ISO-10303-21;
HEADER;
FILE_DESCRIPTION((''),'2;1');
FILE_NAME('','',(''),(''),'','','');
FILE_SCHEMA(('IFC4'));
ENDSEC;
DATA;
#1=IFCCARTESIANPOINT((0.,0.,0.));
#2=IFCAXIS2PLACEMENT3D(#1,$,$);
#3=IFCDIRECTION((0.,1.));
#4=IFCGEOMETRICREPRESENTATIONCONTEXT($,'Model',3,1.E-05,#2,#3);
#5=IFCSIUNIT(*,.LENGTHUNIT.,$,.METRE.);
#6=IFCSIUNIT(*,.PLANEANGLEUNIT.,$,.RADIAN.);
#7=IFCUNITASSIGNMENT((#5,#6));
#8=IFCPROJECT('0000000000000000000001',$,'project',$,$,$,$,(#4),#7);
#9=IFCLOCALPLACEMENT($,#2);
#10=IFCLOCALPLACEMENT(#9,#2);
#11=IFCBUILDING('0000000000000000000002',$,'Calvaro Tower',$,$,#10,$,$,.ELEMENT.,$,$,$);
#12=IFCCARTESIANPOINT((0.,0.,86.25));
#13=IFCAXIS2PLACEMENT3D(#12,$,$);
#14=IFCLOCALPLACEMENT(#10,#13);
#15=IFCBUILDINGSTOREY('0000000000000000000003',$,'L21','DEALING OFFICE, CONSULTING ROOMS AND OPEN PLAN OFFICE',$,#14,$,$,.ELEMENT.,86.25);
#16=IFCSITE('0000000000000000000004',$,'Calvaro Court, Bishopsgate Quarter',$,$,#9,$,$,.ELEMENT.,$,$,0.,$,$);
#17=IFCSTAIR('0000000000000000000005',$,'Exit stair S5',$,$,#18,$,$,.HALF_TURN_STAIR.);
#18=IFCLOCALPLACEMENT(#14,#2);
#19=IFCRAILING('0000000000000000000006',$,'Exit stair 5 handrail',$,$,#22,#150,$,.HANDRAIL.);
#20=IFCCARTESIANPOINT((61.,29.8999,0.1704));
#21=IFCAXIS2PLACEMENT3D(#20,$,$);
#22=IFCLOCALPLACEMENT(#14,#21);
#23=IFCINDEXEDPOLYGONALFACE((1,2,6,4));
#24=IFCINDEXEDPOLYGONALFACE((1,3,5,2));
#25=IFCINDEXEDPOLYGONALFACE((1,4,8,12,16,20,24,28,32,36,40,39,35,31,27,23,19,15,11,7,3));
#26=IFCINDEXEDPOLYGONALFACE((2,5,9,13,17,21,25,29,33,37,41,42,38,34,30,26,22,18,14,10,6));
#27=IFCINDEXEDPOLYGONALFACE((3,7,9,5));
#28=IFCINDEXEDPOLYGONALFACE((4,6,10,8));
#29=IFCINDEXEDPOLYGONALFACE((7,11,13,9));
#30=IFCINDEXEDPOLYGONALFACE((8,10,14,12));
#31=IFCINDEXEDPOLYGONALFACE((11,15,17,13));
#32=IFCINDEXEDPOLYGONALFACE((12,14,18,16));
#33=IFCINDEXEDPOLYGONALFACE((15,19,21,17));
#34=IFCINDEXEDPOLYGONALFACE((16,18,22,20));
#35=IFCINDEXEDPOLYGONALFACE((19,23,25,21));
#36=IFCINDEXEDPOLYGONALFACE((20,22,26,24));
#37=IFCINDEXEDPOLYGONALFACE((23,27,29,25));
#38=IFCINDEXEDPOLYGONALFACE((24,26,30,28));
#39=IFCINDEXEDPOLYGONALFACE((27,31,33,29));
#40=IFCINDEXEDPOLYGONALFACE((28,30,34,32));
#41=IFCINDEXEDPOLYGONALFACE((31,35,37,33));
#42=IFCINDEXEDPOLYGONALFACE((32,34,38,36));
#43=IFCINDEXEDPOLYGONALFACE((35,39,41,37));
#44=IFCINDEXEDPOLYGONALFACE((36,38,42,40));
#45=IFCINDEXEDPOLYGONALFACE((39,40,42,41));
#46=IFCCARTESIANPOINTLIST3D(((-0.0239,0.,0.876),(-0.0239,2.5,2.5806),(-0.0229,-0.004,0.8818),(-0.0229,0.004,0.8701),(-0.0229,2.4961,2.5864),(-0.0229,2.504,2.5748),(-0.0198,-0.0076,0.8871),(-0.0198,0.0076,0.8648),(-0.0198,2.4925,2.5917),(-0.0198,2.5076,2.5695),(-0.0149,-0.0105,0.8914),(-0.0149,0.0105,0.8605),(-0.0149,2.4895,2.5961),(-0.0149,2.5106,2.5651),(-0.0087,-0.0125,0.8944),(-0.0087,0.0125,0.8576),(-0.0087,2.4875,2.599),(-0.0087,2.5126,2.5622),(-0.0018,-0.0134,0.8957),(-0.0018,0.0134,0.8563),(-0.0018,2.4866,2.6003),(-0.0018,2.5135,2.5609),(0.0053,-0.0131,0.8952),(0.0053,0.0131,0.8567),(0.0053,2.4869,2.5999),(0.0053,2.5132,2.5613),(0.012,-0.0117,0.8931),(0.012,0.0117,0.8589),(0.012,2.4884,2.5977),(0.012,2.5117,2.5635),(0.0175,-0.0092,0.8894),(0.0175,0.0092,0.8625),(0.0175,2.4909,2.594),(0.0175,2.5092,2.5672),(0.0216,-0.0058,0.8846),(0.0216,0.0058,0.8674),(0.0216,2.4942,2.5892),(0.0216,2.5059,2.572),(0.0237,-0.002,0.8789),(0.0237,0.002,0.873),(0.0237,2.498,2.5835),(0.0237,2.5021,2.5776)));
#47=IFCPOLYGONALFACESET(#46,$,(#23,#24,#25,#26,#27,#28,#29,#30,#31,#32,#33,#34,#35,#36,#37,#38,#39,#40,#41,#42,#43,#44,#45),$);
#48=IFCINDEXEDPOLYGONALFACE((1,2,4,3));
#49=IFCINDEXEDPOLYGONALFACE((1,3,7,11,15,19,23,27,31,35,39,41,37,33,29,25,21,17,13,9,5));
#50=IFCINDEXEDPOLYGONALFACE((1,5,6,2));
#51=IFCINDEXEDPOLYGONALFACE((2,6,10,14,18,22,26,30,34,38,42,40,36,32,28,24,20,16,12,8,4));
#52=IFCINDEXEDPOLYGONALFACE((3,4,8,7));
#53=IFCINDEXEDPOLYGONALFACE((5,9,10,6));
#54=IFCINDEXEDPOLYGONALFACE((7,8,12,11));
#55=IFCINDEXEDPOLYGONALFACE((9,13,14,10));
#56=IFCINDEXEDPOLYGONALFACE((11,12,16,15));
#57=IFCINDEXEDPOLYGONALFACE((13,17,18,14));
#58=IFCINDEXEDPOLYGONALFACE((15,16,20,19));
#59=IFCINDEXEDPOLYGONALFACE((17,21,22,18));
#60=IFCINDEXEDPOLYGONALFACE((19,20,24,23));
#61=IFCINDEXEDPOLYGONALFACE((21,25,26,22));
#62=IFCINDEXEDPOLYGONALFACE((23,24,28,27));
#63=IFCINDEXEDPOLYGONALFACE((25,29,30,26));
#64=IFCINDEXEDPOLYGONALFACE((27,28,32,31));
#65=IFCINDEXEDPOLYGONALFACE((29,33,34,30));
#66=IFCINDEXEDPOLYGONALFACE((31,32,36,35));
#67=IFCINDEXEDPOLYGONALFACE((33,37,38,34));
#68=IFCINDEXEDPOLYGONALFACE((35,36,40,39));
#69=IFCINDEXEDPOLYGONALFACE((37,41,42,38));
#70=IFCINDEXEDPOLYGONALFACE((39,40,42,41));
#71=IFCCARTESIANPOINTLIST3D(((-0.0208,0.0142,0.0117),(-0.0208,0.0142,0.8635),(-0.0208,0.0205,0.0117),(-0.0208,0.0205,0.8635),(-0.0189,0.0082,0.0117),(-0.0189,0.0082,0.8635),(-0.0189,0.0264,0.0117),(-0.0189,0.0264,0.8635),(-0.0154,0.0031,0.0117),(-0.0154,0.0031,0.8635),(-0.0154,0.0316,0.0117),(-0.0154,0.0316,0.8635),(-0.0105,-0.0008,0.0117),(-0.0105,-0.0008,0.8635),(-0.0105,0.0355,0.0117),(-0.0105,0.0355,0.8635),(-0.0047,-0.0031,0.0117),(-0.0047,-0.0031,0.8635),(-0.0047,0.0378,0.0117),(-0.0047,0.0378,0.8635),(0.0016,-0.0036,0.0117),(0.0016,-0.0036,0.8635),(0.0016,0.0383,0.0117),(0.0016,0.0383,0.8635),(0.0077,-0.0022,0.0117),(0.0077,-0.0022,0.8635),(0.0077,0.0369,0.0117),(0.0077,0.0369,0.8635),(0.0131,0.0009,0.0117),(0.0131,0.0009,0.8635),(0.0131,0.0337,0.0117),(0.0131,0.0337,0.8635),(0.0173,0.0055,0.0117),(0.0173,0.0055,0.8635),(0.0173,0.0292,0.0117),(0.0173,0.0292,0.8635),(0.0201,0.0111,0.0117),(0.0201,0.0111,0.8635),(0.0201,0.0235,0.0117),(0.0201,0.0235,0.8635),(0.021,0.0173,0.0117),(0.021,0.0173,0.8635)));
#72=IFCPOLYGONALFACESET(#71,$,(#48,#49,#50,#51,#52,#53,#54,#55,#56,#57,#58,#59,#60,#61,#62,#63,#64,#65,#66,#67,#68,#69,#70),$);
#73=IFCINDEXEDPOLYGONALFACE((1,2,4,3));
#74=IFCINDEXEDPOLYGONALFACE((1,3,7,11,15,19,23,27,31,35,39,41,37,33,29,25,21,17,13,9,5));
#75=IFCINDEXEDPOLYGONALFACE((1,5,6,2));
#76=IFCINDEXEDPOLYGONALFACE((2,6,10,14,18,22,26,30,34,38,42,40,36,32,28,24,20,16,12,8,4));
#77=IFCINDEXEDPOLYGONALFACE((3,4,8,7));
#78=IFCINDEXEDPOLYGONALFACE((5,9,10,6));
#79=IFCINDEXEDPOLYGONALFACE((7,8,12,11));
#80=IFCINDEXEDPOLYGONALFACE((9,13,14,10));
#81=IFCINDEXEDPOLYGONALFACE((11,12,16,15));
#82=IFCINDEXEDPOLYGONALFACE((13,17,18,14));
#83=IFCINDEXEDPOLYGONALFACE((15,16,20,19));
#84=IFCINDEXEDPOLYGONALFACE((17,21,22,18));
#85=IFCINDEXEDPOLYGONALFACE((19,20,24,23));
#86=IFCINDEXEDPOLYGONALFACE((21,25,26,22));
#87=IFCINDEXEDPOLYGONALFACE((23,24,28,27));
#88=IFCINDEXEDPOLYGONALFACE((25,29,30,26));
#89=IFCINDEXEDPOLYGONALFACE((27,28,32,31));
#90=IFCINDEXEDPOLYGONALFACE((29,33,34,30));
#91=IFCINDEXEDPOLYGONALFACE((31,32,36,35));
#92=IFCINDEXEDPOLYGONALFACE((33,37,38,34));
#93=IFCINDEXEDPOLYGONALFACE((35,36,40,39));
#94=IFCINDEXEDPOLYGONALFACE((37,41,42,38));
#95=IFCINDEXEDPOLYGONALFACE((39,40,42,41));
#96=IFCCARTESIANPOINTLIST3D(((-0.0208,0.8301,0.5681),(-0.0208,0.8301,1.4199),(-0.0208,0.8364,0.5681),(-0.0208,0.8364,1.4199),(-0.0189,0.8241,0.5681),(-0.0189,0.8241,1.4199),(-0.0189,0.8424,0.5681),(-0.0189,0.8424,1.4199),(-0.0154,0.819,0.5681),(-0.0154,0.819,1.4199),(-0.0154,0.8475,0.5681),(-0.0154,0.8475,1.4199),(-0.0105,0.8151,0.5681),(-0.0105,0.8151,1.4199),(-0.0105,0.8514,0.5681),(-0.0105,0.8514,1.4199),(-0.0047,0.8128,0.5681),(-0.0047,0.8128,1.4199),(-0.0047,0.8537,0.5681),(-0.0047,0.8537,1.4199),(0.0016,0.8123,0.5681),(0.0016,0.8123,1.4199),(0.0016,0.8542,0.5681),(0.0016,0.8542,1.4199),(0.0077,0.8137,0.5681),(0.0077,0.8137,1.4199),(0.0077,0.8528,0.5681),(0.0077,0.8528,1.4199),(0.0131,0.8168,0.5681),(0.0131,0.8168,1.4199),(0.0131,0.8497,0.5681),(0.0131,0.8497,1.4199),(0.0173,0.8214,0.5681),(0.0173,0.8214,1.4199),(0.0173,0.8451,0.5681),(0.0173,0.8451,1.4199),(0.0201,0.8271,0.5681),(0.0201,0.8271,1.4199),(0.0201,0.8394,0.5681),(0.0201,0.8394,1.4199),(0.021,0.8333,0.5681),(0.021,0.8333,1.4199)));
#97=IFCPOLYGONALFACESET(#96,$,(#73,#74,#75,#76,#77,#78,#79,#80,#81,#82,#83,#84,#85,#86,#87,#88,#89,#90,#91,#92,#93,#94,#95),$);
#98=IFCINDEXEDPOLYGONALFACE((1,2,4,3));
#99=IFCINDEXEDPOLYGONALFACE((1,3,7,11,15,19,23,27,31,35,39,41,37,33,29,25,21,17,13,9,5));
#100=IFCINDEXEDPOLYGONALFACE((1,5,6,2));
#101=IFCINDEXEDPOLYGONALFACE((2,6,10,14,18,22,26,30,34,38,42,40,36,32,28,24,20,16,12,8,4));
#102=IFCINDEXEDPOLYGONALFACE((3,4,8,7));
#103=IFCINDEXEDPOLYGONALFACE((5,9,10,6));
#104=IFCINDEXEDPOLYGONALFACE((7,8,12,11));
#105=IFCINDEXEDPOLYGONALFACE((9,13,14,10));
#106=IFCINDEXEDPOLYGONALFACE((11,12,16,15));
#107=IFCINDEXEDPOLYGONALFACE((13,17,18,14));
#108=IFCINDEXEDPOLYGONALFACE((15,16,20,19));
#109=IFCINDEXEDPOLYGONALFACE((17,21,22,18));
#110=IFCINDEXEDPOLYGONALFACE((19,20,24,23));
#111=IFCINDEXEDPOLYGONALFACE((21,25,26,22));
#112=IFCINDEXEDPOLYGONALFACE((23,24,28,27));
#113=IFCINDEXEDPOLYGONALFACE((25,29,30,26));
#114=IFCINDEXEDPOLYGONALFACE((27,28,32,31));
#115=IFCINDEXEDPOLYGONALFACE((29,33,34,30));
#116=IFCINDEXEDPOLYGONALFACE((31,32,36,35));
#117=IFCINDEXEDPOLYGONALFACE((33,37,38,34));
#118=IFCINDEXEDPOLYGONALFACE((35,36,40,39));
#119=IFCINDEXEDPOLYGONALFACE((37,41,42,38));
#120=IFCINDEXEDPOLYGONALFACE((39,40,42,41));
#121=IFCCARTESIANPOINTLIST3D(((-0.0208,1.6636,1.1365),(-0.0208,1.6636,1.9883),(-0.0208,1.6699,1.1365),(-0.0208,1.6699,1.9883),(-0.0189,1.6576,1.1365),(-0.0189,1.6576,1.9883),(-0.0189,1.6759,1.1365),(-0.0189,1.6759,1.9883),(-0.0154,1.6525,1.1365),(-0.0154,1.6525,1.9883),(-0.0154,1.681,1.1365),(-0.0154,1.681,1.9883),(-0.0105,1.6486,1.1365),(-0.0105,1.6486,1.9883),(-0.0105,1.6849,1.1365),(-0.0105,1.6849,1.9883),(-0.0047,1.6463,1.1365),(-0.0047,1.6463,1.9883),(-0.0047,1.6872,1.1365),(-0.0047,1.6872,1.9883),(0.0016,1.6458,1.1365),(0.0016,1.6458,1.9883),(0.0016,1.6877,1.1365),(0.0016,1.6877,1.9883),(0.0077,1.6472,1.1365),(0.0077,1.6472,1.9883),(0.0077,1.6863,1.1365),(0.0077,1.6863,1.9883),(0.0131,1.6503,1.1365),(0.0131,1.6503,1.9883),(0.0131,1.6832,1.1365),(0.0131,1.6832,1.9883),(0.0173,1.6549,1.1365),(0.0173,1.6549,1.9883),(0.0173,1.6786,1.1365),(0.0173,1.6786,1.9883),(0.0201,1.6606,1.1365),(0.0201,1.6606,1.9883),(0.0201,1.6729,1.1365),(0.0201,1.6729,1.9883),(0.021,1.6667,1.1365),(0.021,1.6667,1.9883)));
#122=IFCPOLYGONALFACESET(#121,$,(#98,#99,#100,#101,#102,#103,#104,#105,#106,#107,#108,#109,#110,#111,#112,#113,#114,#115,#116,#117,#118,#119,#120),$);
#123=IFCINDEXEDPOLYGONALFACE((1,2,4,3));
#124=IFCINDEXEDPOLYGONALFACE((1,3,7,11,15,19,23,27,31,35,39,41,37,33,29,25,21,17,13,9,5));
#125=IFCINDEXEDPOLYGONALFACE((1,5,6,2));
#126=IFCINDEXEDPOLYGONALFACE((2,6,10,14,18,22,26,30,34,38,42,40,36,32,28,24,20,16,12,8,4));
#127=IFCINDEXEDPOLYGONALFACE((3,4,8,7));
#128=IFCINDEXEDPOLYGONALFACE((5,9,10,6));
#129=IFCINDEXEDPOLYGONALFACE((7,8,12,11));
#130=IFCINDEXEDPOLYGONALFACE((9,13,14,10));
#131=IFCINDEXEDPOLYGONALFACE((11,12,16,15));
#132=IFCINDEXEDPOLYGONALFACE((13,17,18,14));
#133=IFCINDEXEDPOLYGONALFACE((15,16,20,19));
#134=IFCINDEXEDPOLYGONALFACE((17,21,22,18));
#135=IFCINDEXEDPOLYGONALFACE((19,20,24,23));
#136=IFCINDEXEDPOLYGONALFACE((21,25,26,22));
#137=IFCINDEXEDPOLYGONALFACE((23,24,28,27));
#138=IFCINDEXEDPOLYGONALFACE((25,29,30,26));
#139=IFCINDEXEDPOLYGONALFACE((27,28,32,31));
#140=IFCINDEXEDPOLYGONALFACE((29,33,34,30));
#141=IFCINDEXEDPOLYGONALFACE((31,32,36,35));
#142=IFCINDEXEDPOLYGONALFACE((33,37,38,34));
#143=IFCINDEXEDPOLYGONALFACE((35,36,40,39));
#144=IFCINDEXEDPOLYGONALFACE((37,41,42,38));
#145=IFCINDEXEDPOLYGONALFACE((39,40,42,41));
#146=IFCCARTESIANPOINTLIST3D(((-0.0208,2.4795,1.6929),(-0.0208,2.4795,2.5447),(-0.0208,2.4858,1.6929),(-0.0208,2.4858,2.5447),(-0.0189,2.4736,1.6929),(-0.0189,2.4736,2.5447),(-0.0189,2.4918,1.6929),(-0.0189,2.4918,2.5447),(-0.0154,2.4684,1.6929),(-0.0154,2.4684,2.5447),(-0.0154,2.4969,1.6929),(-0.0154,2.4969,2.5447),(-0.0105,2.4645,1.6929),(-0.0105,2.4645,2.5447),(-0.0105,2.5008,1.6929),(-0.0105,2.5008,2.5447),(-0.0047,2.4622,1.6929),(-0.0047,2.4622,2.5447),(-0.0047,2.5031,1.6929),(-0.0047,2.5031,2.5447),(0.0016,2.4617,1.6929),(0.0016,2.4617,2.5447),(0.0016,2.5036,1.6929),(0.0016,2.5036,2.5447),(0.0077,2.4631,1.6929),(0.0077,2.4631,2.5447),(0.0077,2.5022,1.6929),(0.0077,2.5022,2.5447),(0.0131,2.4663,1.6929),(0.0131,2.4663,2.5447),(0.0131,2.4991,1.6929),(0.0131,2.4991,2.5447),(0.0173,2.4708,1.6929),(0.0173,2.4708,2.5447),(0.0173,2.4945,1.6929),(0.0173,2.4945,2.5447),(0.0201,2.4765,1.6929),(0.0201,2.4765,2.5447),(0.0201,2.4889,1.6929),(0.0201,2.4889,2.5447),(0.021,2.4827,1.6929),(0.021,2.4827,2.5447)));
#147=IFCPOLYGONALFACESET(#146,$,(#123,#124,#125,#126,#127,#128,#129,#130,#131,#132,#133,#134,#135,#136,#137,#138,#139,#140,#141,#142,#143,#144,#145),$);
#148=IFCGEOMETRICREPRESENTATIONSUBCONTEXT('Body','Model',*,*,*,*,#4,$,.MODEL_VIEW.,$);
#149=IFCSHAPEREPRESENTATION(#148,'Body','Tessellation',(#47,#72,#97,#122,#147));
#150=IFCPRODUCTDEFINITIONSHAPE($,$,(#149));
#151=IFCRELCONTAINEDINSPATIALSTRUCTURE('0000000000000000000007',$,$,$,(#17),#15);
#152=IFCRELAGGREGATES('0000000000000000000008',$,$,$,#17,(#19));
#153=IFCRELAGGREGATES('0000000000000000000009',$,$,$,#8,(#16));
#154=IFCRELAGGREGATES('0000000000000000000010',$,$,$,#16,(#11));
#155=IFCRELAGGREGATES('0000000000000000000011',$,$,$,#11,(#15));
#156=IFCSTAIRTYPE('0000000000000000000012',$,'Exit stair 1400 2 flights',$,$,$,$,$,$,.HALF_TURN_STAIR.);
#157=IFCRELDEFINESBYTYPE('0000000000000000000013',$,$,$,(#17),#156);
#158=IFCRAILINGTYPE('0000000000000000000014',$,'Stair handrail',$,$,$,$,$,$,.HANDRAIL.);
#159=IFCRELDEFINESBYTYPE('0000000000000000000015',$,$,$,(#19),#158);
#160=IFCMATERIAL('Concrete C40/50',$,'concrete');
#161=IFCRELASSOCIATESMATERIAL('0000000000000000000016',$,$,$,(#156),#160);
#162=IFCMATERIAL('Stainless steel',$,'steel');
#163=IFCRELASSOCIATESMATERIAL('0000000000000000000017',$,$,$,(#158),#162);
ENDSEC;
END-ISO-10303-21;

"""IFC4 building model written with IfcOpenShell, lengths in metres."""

from ifc_helpers import new_model, si_unit, direction, frame, origin, origin_2d, place, context, subcontext, project, spatial, circle, extrude, material, type_object, element, aggregate, save


model = new_model("IFC4")

# Units and contexts
model_context = context("Model", 3, precision=1e-05, world=origin(), true_north=direction((0.0, 1.0)))
body_context = subcontext(model_context, "Body", "Model", "MODEL_VIEW")
ifc_project = project(units=[si_unit("LENGTHUNIT", "METRE"), si_unit("PLANEANGLEUNIT", "RADIAN")], contexts=[model_context])

# Site, building, storey
site_placement = place(None, origin())
site = spatial("IfcSite", under=ifc_project, at=site_placement, Name="Calvaro Court, Bishopsgate Quarter", CompositionType="ELEMENT", RefElevation=0.0)
building_placement = place(site_placement, origin())
building = spatial("IfcBuilding", under=site, at=building_placement, Name="Calvaro Tower", CompositionType="ELEMENT")
storey_placement = place(building_placement, frame((0.0, 0.0, 86.25)))
storey = spatial("IfcBuildingStorey", under=building, at=storey_placement, Name="L21", Description="DEALING OFFICE, CONSULTING ROOMS AND OPEN PLAN OFFICE", CompositionType="ELEMENT", Elevation=86.25)

# Stair, railing
ifc_material_1 = material(Name="Concrete C40/50", Category="concrete")
stair_type = type_object("IfcStairType", Name="Exit stair 1400 2 flights", PredefinedType="HALF_TURN_STAIR", material=ifc_material_1)
stair_placement = place(storey_placement, origin())
stair = element("IfcStair", 1, at=stair_placement, inside=storey, type_object=stair_type, Name="Exit stair S5", PredefinedType="HALF_TURN_STAIR")
ifc_material_2 = material(Name="Stainless steel", Category="steel")
railing_type = type_object("IfcRailingType", Name="Stair handrail", PredefinedType="HANDRAIL", material=ifc_material_2)
railing_placement = place(storey_placement, frame((61.0, 29.8999, 0.1704)))
railing = element("IfcRailing", 2, at=railing_placement, type_object=railing_type, Name="Exit stair 5 handrail", PredefinedType="HANDRAIL", context=body_context, shape_type="SweptSolid", body=[
    extrude(circle(Radius=0.0239, at=origin_2d()), frame((0.0, 0.0, 0.876), z_axis=(0.0, 0.826221, 0.563347), x_axis=(-1.0, 0.0, 0.0)), (0.0, 0.0, 1.0), 3.0259),
    extrude(circle(Radius=0.021, at=origin_2d()), frame((0.0, 0.0173, 0.0117)), (0.0, 0.0, 1.0), 0.8518),
    extrude(circle(Radius=0.021, at=origin_2d()), frame((0.0, 0.8333, 0.5681)), (0.0, 0.0, 1.0), 0.8518),
    extrude(circle(Radius=0.021, at=origin_2d()), frame((0.0, 1.6667, 1.1365)), (0.0, 0.0, 1.0), 0.8518),
    extrude(circle(Radius=0.021, at=origin_2d()), frame((0.0, 2.4827, 1.6929)), (0.0, 0.0, 1.0), 0.8518),
])
aggregate(stair, [railing])

save(model, "model.ifc")
